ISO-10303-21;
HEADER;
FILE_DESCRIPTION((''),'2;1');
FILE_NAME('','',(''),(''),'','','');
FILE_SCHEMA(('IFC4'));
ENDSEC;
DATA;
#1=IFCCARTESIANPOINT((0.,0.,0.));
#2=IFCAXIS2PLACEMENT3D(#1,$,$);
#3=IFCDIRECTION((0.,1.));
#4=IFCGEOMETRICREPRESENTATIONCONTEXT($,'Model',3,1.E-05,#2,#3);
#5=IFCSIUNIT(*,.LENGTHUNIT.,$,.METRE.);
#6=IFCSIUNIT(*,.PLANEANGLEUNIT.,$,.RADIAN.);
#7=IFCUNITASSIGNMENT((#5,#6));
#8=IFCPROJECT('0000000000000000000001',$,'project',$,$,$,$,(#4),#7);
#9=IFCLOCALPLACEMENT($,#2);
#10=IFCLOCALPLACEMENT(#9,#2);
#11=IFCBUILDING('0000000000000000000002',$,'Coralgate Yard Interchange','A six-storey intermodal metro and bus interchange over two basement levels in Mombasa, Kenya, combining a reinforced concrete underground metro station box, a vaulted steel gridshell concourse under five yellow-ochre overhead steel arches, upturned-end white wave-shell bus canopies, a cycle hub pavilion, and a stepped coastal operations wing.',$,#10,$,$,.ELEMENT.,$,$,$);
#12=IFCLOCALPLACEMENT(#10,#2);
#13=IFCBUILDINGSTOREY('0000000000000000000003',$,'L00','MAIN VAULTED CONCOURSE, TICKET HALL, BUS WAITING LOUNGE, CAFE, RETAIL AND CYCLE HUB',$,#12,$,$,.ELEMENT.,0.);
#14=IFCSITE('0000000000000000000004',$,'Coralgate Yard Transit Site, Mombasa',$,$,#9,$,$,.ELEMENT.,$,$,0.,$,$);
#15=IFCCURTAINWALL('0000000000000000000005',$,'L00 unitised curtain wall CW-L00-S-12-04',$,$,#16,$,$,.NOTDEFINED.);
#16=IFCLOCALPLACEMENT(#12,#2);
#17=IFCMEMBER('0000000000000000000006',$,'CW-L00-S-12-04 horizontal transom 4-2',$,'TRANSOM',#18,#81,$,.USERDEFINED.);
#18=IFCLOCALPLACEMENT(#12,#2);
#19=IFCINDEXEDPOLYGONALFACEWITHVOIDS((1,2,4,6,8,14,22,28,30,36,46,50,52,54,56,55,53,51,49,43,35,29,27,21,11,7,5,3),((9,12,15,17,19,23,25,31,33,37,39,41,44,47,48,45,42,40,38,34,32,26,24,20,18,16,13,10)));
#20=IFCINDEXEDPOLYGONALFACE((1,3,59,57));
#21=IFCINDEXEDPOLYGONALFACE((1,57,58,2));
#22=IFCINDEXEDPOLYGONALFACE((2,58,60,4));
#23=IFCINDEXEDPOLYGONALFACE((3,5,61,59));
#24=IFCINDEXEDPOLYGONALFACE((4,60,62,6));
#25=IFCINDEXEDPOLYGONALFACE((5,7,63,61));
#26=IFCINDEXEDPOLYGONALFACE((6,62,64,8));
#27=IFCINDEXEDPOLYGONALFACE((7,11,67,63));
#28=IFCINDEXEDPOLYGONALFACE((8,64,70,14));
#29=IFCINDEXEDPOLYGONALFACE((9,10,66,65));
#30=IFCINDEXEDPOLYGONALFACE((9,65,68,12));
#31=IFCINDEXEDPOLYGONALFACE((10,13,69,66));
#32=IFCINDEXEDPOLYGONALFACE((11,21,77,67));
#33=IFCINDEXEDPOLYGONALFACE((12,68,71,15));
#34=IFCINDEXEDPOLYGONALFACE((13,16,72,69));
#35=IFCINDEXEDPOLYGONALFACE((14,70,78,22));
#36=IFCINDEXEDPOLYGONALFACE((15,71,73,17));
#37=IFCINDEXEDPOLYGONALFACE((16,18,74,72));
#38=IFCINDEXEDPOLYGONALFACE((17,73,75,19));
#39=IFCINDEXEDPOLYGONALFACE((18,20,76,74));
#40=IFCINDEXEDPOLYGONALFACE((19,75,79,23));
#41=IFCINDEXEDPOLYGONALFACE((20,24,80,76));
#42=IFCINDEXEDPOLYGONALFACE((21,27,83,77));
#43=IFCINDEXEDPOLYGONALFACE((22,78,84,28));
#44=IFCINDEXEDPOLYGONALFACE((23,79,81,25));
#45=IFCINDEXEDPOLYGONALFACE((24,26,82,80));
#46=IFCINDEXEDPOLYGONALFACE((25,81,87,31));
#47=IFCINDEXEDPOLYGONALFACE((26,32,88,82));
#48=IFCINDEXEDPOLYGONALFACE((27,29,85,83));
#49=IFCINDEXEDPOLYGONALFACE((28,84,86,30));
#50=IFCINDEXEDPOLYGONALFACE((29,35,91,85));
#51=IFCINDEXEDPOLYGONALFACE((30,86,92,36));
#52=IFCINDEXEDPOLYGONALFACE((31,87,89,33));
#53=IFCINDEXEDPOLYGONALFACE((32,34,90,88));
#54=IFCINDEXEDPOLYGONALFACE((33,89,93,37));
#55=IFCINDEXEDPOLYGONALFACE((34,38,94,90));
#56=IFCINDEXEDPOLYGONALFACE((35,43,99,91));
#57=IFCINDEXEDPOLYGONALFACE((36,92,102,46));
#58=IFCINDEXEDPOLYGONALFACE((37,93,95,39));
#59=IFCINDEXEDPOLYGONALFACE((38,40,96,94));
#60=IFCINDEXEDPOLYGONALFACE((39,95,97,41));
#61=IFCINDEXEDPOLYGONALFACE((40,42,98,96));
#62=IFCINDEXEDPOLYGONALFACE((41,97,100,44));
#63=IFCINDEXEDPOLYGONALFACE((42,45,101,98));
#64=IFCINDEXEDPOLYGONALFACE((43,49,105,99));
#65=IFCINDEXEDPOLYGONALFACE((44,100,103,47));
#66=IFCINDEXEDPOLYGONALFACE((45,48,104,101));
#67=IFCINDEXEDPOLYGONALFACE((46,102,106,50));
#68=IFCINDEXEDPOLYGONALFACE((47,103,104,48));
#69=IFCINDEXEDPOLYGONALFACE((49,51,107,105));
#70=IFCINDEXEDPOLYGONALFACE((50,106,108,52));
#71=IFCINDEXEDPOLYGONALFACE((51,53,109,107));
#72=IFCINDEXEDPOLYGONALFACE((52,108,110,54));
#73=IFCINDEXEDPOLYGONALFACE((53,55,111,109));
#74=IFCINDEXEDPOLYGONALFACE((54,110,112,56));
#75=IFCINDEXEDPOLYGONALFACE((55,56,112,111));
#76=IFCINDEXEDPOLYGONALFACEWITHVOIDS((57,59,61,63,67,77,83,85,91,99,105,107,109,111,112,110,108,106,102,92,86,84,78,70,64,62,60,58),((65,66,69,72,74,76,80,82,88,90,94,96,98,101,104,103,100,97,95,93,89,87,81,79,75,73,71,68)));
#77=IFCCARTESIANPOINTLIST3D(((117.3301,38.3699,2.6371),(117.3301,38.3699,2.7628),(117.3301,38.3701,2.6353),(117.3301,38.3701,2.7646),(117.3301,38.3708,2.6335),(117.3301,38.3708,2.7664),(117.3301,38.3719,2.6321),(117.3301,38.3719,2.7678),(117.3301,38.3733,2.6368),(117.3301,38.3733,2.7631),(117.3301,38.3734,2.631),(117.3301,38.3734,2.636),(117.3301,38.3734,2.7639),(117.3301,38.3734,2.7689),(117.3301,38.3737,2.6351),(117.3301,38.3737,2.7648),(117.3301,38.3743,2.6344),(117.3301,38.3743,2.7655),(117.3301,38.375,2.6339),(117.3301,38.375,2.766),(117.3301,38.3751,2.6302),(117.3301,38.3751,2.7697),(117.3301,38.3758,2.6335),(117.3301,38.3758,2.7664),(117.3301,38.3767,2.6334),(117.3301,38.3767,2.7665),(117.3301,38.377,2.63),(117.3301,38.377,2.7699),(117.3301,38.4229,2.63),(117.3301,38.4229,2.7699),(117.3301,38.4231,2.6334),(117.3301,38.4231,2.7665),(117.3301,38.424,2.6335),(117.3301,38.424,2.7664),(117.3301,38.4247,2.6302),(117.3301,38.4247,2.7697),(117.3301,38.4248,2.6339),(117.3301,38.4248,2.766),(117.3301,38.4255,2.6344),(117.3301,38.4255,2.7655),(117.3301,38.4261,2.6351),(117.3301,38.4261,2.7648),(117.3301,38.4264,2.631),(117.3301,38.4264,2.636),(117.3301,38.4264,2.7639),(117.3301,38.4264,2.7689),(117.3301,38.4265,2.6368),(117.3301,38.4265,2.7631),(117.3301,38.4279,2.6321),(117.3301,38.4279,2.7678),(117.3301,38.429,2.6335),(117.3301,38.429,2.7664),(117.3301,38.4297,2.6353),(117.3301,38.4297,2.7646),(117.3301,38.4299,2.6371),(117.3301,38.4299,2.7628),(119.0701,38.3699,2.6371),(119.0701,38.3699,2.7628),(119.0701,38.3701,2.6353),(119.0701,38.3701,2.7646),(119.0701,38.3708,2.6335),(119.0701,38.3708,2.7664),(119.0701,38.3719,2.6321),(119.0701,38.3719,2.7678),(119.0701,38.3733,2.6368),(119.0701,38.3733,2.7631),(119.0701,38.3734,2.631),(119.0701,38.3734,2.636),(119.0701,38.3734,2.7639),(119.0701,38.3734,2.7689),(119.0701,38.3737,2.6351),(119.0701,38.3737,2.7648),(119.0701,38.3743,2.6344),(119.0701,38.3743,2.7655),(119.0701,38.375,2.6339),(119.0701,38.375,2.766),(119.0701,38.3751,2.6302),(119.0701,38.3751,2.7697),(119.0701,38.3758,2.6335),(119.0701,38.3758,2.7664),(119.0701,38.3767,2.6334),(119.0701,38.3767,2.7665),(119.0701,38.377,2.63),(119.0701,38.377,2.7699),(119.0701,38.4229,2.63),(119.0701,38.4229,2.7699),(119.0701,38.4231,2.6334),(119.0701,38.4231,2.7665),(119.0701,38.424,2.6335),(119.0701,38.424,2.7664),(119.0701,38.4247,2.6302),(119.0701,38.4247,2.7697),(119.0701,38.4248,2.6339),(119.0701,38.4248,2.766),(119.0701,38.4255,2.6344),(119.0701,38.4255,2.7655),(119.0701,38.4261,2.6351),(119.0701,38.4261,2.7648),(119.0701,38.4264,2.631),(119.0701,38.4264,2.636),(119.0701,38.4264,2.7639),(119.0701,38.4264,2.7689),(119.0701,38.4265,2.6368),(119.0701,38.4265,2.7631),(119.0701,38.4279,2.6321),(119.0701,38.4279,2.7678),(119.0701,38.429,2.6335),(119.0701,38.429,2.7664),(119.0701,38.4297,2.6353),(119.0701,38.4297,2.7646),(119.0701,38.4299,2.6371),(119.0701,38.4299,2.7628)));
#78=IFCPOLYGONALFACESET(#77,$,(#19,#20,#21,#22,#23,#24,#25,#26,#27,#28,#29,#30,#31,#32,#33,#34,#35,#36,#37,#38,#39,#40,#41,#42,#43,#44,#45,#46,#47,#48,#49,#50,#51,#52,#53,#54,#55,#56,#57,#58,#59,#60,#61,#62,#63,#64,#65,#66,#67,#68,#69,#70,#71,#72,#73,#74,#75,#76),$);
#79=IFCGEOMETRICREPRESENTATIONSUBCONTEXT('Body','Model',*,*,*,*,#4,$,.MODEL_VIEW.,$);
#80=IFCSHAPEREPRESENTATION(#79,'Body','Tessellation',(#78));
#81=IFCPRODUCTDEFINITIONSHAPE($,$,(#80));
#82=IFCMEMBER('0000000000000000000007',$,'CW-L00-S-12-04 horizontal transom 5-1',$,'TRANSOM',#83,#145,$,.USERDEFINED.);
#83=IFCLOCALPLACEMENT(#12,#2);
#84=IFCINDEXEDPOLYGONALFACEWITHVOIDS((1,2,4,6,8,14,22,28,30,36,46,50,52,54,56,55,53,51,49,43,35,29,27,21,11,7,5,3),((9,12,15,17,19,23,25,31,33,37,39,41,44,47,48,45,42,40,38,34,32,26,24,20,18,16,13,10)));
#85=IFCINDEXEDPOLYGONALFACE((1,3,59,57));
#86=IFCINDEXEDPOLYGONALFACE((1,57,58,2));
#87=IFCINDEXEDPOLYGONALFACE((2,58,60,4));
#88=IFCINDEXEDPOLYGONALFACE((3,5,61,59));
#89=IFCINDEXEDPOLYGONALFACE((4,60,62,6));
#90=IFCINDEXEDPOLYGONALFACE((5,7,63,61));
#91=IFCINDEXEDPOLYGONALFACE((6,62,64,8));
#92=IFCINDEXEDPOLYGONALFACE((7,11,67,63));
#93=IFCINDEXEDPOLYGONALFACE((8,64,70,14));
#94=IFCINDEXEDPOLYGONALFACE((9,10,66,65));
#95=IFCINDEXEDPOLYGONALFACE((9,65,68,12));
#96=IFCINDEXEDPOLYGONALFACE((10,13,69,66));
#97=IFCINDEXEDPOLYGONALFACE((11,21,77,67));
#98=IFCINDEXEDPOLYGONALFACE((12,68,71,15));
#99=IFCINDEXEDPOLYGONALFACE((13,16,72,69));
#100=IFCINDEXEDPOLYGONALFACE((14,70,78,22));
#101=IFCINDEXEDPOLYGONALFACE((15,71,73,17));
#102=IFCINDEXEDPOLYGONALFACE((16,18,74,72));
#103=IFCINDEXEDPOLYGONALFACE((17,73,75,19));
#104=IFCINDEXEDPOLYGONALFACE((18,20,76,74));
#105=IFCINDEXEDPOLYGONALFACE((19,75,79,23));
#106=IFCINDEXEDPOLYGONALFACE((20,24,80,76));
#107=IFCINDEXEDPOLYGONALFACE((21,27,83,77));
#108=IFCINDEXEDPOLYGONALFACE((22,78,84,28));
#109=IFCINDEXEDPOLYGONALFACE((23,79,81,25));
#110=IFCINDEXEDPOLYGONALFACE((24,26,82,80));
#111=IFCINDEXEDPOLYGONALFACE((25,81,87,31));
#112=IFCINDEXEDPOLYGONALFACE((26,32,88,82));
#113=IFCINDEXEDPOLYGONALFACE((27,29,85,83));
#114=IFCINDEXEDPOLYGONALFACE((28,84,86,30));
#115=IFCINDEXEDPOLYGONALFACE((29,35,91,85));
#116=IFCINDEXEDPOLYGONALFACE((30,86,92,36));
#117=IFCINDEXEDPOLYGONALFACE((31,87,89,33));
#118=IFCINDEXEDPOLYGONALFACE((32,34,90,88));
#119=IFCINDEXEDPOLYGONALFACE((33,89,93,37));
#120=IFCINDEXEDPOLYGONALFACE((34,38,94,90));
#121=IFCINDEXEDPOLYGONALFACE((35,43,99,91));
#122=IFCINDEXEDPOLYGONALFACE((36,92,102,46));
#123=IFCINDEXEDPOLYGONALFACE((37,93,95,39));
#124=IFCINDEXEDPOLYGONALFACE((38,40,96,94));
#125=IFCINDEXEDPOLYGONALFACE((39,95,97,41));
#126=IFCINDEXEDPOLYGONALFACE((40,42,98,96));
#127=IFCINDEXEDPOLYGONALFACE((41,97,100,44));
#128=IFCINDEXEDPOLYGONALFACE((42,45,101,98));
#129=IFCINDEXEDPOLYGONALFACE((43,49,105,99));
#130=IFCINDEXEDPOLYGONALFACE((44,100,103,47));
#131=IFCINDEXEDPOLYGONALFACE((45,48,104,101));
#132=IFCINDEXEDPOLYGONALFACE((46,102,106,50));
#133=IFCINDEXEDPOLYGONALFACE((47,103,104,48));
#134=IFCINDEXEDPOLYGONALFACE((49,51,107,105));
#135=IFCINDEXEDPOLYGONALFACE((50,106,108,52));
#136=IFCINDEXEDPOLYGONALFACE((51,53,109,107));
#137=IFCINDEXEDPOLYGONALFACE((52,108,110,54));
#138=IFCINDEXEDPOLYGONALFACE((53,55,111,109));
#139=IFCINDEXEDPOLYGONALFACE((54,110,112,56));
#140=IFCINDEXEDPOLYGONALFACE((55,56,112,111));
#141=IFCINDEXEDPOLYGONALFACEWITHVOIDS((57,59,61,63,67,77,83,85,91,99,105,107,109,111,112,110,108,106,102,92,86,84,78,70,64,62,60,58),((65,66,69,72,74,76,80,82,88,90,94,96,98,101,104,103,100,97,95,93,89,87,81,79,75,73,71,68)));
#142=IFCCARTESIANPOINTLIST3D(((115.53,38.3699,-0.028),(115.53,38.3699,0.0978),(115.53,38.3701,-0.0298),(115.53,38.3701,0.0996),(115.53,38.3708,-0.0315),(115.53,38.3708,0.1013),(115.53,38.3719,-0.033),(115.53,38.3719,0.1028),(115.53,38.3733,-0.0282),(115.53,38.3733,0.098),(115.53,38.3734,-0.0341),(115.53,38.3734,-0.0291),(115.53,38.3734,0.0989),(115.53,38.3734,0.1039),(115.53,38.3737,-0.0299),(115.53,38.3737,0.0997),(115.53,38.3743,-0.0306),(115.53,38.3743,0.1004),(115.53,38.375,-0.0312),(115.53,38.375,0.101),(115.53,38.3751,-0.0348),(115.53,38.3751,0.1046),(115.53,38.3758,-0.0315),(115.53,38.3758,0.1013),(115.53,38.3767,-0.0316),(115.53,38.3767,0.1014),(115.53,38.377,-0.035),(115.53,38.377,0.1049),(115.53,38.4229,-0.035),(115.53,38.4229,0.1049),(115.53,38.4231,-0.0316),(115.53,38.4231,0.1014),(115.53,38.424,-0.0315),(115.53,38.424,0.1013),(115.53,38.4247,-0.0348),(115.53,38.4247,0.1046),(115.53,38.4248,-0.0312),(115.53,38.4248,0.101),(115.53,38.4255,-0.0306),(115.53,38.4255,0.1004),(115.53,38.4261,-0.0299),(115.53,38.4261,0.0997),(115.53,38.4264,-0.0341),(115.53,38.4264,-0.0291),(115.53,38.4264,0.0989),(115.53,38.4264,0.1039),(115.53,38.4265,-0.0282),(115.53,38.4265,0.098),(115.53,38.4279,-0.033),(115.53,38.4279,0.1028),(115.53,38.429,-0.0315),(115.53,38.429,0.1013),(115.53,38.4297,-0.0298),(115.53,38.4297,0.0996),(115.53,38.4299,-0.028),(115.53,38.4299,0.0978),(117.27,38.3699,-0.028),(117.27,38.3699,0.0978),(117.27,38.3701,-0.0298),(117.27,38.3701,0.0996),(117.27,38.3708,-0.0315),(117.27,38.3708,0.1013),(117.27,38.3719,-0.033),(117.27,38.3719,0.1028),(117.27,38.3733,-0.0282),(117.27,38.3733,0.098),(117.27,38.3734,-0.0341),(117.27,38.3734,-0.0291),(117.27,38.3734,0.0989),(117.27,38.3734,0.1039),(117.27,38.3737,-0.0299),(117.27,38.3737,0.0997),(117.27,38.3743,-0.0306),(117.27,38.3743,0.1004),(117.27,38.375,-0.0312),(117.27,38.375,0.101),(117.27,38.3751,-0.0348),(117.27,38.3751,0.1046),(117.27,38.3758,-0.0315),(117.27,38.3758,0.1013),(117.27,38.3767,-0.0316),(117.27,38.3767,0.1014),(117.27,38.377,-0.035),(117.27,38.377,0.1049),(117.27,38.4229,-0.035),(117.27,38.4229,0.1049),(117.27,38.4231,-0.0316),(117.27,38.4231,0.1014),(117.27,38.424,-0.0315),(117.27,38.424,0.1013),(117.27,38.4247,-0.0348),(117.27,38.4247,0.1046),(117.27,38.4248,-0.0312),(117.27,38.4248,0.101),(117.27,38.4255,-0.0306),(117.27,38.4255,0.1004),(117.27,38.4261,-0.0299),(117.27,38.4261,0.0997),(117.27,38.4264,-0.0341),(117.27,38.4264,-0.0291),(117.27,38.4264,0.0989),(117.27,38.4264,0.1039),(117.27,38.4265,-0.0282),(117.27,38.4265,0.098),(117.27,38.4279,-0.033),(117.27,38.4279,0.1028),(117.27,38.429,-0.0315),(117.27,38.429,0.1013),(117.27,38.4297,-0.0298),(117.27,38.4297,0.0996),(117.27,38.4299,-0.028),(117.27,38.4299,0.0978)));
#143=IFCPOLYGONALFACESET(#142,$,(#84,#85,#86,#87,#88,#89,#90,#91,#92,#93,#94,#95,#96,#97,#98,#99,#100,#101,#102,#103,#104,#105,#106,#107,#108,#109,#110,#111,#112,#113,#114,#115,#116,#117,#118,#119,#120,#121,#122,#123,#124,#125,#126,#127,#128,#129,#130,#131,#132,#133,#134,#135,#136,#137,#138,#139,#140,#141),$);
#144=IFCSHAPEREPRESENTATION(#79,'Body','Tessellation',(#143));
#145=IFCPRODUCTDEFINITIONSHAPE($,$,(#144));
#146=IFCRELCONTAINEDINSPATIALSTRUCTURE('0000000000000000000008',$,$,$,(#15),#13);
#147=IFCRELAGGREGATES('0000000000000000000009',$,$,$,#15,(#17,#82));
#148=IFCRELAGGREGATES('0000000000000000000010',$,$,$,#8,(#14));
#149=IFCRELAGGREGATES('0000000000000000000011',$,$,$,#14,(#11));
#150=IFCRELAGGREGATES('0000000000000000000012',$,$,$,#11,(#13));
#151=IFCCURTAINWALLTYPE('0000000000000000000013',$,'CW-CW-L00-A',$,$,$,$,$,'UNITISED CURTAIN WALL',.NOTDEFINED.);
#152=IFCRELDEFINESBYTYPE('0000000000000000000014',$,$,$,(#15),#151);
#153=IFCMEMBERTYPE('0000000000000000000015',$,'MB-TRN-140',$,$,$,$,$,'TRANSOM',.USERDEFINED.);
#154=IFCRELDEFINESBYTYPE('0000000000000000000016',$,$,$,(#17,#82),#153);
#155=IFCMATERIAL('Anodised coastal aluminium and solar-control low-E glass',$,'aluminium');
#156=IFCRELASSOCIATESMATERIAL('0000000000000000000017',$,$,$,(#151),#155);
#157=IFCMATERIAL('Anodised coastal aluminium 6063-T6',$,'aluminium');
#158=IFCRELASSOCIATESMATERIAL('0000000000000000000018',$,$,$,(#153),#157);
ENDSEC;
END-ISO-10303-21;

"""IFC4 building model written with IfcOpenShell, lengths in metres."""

from ifc_helpers import new_model, si_unit, direction, frame, origin, origin_2d, place, context, subcontext, project, spatial, hollow_rectangle, extrude, material, material_profile, profile_set, type_object, element, aggregate, save


model = new_model("IFC4")

# Units and contexts
model_context = context("Model", 3, precision=1e-05, world=origin(), true_north=direction((0.0, 1.0)))
body_context = subcontext(model_context, "Body", "Model", "MODEL_VIEW")
ifc_project = project(units=[si_unit("LENGTHUNIT", "METRE"), si_unit("PLANEANGLEUNIT", "RADIAN")], contexts=[model_context])

# Site, building, storey
site_placement = place(None, origin())
site = spatial("IfcSite", under=ifc_project, at=site_placement, Name="Coralgate Yard Transit Site, Mombasa", CompositionType="ELEMENT", RefElevation=0.0)
building_placement = place(site_placement, origin())
building = spatial("IfcBuilding", under=site, at=building_placement, Name="Coralgate Yard Interchange", Description="A six-storey intermodal metro and bus interchange over two basement levels in Mombasa, Kenya, combining a reinforced concrete underground metro station box, a vaulted steel gridshell concourse under five yellow-ochre overhead steel arches, upturned-end white wave-shell bus canopies, a cycle hub pavilion, and a stepped coastal operations wing.", CompositionType="ELEMENT")
storey_placement = place(building_placement, origin())
storey = spatial("IfcBuildingStorey", under=building, at=storey_placement, Name="L00", Description="MAIN VAULTED CONCOURSE, TICKET HALL, BUS WAITING LOUNGE, CAFE, RETAIL AND CYCLE HUB", CompositionType="ELEMENT", Elevation=0.0)

# Curtain wall, members
ifc_material_1 = material(Name="Anodised coastal aluminium and solar-control low-E glass", Category="aluminium")
curtain_wall_type = type_object("IfcCurtainWallType", Name="CW-CW-L00-A", ElementType="UNITISED CURTAIN WALL", PredefinedType="NOTDEFINED", material=ifc_material_1)
curtain_wall_placement = place(storey_placement, origin())
curtain_wall = element("IfcCurtainWall", 1, at=curtain_wall_placement, inside=storey, type_object=curtain_wall_type, Name="L00 unitised curtain wall CW-L00-S-12-04", PredefinedType="NOTDEFINED")
ifc_material_2 = material(Name="Anodised coastal aluminium 6063-T6", Category="aluminium")
ifc_material_profile_1 = material_profile(ifc_material_2, hollow_rectangle(XDim=0.0601, YDim=0.1399, WallThickness=0.0034, InnerFilletRadius=0.0034, OuterFilletRadius=0.0071, at=origin_2d()), Name="ALU 60x140x3.5")
ifc_profile_set_1 = profile_set([ifc_material_profile_1], Name="Anodised coastal aluminium 6063-T6")
member_type_1 = type_object("IfcMemberType", Name="MB-TRN-140", ElementType="TRANSOM", PredefinedType="USERDEFINED", material=ifc_profile_set_1)
member_1_placement = place(storey_placement, frame((119.0701, 38.3999, 2.7), z_axis=(-1.0, 0.0, 0.0), x_axis=(0.0, -1.0, 0.0)))
member_1 = element("IfcMember", 2, at=member_1_placement, type_object=member_type_1, Name="CW-L00-S-12-04 horizontal transom 4-2", ObjectType="TRANSOM", PredefinedType="USERDEFINED", context=body_context, shape_type="SweptSolid", body=[
    extrude(hollow_rectangle(XDim=0.0601, YDim=0.1399, WallThickness=0.0034, InnerFilletRadius=0.0034, OuterFilletRadius=0.0071, at=origin_2d()), origin(), (0.0, 0.0, 1.0), 1.74),
])
member_2_placement = place(storey_placement, frame((117.27, 38.3999, 0.0349), z_axis=(-1.0, 0.0, 0.0), x_axis=(0.0, -1.0, 0.0)))
member_2 = element("IfcMember", 3, at=member_2_placement, type_object=member_type_1, Name="CW-L00-S-12-04 horizontal transom 5-1", ObjectType="TRANSOM", PredefinedType="USERDEFINED", context=body_context, shape_type="SweptSolid", body=[
    extrude(hollow_rectangle(XDim=0.0601, YDim=0.1399, WallThickness=0.0034, InnerFilletRadius=0.0034, OuterFilletRadius=0.0071, at=origin_2d()), origin(), (0.0, 0.0, 1.0), 1.74),
])
aggregate(curtain_wall, [member_1, member_2])

save(model, "model.ifc")
